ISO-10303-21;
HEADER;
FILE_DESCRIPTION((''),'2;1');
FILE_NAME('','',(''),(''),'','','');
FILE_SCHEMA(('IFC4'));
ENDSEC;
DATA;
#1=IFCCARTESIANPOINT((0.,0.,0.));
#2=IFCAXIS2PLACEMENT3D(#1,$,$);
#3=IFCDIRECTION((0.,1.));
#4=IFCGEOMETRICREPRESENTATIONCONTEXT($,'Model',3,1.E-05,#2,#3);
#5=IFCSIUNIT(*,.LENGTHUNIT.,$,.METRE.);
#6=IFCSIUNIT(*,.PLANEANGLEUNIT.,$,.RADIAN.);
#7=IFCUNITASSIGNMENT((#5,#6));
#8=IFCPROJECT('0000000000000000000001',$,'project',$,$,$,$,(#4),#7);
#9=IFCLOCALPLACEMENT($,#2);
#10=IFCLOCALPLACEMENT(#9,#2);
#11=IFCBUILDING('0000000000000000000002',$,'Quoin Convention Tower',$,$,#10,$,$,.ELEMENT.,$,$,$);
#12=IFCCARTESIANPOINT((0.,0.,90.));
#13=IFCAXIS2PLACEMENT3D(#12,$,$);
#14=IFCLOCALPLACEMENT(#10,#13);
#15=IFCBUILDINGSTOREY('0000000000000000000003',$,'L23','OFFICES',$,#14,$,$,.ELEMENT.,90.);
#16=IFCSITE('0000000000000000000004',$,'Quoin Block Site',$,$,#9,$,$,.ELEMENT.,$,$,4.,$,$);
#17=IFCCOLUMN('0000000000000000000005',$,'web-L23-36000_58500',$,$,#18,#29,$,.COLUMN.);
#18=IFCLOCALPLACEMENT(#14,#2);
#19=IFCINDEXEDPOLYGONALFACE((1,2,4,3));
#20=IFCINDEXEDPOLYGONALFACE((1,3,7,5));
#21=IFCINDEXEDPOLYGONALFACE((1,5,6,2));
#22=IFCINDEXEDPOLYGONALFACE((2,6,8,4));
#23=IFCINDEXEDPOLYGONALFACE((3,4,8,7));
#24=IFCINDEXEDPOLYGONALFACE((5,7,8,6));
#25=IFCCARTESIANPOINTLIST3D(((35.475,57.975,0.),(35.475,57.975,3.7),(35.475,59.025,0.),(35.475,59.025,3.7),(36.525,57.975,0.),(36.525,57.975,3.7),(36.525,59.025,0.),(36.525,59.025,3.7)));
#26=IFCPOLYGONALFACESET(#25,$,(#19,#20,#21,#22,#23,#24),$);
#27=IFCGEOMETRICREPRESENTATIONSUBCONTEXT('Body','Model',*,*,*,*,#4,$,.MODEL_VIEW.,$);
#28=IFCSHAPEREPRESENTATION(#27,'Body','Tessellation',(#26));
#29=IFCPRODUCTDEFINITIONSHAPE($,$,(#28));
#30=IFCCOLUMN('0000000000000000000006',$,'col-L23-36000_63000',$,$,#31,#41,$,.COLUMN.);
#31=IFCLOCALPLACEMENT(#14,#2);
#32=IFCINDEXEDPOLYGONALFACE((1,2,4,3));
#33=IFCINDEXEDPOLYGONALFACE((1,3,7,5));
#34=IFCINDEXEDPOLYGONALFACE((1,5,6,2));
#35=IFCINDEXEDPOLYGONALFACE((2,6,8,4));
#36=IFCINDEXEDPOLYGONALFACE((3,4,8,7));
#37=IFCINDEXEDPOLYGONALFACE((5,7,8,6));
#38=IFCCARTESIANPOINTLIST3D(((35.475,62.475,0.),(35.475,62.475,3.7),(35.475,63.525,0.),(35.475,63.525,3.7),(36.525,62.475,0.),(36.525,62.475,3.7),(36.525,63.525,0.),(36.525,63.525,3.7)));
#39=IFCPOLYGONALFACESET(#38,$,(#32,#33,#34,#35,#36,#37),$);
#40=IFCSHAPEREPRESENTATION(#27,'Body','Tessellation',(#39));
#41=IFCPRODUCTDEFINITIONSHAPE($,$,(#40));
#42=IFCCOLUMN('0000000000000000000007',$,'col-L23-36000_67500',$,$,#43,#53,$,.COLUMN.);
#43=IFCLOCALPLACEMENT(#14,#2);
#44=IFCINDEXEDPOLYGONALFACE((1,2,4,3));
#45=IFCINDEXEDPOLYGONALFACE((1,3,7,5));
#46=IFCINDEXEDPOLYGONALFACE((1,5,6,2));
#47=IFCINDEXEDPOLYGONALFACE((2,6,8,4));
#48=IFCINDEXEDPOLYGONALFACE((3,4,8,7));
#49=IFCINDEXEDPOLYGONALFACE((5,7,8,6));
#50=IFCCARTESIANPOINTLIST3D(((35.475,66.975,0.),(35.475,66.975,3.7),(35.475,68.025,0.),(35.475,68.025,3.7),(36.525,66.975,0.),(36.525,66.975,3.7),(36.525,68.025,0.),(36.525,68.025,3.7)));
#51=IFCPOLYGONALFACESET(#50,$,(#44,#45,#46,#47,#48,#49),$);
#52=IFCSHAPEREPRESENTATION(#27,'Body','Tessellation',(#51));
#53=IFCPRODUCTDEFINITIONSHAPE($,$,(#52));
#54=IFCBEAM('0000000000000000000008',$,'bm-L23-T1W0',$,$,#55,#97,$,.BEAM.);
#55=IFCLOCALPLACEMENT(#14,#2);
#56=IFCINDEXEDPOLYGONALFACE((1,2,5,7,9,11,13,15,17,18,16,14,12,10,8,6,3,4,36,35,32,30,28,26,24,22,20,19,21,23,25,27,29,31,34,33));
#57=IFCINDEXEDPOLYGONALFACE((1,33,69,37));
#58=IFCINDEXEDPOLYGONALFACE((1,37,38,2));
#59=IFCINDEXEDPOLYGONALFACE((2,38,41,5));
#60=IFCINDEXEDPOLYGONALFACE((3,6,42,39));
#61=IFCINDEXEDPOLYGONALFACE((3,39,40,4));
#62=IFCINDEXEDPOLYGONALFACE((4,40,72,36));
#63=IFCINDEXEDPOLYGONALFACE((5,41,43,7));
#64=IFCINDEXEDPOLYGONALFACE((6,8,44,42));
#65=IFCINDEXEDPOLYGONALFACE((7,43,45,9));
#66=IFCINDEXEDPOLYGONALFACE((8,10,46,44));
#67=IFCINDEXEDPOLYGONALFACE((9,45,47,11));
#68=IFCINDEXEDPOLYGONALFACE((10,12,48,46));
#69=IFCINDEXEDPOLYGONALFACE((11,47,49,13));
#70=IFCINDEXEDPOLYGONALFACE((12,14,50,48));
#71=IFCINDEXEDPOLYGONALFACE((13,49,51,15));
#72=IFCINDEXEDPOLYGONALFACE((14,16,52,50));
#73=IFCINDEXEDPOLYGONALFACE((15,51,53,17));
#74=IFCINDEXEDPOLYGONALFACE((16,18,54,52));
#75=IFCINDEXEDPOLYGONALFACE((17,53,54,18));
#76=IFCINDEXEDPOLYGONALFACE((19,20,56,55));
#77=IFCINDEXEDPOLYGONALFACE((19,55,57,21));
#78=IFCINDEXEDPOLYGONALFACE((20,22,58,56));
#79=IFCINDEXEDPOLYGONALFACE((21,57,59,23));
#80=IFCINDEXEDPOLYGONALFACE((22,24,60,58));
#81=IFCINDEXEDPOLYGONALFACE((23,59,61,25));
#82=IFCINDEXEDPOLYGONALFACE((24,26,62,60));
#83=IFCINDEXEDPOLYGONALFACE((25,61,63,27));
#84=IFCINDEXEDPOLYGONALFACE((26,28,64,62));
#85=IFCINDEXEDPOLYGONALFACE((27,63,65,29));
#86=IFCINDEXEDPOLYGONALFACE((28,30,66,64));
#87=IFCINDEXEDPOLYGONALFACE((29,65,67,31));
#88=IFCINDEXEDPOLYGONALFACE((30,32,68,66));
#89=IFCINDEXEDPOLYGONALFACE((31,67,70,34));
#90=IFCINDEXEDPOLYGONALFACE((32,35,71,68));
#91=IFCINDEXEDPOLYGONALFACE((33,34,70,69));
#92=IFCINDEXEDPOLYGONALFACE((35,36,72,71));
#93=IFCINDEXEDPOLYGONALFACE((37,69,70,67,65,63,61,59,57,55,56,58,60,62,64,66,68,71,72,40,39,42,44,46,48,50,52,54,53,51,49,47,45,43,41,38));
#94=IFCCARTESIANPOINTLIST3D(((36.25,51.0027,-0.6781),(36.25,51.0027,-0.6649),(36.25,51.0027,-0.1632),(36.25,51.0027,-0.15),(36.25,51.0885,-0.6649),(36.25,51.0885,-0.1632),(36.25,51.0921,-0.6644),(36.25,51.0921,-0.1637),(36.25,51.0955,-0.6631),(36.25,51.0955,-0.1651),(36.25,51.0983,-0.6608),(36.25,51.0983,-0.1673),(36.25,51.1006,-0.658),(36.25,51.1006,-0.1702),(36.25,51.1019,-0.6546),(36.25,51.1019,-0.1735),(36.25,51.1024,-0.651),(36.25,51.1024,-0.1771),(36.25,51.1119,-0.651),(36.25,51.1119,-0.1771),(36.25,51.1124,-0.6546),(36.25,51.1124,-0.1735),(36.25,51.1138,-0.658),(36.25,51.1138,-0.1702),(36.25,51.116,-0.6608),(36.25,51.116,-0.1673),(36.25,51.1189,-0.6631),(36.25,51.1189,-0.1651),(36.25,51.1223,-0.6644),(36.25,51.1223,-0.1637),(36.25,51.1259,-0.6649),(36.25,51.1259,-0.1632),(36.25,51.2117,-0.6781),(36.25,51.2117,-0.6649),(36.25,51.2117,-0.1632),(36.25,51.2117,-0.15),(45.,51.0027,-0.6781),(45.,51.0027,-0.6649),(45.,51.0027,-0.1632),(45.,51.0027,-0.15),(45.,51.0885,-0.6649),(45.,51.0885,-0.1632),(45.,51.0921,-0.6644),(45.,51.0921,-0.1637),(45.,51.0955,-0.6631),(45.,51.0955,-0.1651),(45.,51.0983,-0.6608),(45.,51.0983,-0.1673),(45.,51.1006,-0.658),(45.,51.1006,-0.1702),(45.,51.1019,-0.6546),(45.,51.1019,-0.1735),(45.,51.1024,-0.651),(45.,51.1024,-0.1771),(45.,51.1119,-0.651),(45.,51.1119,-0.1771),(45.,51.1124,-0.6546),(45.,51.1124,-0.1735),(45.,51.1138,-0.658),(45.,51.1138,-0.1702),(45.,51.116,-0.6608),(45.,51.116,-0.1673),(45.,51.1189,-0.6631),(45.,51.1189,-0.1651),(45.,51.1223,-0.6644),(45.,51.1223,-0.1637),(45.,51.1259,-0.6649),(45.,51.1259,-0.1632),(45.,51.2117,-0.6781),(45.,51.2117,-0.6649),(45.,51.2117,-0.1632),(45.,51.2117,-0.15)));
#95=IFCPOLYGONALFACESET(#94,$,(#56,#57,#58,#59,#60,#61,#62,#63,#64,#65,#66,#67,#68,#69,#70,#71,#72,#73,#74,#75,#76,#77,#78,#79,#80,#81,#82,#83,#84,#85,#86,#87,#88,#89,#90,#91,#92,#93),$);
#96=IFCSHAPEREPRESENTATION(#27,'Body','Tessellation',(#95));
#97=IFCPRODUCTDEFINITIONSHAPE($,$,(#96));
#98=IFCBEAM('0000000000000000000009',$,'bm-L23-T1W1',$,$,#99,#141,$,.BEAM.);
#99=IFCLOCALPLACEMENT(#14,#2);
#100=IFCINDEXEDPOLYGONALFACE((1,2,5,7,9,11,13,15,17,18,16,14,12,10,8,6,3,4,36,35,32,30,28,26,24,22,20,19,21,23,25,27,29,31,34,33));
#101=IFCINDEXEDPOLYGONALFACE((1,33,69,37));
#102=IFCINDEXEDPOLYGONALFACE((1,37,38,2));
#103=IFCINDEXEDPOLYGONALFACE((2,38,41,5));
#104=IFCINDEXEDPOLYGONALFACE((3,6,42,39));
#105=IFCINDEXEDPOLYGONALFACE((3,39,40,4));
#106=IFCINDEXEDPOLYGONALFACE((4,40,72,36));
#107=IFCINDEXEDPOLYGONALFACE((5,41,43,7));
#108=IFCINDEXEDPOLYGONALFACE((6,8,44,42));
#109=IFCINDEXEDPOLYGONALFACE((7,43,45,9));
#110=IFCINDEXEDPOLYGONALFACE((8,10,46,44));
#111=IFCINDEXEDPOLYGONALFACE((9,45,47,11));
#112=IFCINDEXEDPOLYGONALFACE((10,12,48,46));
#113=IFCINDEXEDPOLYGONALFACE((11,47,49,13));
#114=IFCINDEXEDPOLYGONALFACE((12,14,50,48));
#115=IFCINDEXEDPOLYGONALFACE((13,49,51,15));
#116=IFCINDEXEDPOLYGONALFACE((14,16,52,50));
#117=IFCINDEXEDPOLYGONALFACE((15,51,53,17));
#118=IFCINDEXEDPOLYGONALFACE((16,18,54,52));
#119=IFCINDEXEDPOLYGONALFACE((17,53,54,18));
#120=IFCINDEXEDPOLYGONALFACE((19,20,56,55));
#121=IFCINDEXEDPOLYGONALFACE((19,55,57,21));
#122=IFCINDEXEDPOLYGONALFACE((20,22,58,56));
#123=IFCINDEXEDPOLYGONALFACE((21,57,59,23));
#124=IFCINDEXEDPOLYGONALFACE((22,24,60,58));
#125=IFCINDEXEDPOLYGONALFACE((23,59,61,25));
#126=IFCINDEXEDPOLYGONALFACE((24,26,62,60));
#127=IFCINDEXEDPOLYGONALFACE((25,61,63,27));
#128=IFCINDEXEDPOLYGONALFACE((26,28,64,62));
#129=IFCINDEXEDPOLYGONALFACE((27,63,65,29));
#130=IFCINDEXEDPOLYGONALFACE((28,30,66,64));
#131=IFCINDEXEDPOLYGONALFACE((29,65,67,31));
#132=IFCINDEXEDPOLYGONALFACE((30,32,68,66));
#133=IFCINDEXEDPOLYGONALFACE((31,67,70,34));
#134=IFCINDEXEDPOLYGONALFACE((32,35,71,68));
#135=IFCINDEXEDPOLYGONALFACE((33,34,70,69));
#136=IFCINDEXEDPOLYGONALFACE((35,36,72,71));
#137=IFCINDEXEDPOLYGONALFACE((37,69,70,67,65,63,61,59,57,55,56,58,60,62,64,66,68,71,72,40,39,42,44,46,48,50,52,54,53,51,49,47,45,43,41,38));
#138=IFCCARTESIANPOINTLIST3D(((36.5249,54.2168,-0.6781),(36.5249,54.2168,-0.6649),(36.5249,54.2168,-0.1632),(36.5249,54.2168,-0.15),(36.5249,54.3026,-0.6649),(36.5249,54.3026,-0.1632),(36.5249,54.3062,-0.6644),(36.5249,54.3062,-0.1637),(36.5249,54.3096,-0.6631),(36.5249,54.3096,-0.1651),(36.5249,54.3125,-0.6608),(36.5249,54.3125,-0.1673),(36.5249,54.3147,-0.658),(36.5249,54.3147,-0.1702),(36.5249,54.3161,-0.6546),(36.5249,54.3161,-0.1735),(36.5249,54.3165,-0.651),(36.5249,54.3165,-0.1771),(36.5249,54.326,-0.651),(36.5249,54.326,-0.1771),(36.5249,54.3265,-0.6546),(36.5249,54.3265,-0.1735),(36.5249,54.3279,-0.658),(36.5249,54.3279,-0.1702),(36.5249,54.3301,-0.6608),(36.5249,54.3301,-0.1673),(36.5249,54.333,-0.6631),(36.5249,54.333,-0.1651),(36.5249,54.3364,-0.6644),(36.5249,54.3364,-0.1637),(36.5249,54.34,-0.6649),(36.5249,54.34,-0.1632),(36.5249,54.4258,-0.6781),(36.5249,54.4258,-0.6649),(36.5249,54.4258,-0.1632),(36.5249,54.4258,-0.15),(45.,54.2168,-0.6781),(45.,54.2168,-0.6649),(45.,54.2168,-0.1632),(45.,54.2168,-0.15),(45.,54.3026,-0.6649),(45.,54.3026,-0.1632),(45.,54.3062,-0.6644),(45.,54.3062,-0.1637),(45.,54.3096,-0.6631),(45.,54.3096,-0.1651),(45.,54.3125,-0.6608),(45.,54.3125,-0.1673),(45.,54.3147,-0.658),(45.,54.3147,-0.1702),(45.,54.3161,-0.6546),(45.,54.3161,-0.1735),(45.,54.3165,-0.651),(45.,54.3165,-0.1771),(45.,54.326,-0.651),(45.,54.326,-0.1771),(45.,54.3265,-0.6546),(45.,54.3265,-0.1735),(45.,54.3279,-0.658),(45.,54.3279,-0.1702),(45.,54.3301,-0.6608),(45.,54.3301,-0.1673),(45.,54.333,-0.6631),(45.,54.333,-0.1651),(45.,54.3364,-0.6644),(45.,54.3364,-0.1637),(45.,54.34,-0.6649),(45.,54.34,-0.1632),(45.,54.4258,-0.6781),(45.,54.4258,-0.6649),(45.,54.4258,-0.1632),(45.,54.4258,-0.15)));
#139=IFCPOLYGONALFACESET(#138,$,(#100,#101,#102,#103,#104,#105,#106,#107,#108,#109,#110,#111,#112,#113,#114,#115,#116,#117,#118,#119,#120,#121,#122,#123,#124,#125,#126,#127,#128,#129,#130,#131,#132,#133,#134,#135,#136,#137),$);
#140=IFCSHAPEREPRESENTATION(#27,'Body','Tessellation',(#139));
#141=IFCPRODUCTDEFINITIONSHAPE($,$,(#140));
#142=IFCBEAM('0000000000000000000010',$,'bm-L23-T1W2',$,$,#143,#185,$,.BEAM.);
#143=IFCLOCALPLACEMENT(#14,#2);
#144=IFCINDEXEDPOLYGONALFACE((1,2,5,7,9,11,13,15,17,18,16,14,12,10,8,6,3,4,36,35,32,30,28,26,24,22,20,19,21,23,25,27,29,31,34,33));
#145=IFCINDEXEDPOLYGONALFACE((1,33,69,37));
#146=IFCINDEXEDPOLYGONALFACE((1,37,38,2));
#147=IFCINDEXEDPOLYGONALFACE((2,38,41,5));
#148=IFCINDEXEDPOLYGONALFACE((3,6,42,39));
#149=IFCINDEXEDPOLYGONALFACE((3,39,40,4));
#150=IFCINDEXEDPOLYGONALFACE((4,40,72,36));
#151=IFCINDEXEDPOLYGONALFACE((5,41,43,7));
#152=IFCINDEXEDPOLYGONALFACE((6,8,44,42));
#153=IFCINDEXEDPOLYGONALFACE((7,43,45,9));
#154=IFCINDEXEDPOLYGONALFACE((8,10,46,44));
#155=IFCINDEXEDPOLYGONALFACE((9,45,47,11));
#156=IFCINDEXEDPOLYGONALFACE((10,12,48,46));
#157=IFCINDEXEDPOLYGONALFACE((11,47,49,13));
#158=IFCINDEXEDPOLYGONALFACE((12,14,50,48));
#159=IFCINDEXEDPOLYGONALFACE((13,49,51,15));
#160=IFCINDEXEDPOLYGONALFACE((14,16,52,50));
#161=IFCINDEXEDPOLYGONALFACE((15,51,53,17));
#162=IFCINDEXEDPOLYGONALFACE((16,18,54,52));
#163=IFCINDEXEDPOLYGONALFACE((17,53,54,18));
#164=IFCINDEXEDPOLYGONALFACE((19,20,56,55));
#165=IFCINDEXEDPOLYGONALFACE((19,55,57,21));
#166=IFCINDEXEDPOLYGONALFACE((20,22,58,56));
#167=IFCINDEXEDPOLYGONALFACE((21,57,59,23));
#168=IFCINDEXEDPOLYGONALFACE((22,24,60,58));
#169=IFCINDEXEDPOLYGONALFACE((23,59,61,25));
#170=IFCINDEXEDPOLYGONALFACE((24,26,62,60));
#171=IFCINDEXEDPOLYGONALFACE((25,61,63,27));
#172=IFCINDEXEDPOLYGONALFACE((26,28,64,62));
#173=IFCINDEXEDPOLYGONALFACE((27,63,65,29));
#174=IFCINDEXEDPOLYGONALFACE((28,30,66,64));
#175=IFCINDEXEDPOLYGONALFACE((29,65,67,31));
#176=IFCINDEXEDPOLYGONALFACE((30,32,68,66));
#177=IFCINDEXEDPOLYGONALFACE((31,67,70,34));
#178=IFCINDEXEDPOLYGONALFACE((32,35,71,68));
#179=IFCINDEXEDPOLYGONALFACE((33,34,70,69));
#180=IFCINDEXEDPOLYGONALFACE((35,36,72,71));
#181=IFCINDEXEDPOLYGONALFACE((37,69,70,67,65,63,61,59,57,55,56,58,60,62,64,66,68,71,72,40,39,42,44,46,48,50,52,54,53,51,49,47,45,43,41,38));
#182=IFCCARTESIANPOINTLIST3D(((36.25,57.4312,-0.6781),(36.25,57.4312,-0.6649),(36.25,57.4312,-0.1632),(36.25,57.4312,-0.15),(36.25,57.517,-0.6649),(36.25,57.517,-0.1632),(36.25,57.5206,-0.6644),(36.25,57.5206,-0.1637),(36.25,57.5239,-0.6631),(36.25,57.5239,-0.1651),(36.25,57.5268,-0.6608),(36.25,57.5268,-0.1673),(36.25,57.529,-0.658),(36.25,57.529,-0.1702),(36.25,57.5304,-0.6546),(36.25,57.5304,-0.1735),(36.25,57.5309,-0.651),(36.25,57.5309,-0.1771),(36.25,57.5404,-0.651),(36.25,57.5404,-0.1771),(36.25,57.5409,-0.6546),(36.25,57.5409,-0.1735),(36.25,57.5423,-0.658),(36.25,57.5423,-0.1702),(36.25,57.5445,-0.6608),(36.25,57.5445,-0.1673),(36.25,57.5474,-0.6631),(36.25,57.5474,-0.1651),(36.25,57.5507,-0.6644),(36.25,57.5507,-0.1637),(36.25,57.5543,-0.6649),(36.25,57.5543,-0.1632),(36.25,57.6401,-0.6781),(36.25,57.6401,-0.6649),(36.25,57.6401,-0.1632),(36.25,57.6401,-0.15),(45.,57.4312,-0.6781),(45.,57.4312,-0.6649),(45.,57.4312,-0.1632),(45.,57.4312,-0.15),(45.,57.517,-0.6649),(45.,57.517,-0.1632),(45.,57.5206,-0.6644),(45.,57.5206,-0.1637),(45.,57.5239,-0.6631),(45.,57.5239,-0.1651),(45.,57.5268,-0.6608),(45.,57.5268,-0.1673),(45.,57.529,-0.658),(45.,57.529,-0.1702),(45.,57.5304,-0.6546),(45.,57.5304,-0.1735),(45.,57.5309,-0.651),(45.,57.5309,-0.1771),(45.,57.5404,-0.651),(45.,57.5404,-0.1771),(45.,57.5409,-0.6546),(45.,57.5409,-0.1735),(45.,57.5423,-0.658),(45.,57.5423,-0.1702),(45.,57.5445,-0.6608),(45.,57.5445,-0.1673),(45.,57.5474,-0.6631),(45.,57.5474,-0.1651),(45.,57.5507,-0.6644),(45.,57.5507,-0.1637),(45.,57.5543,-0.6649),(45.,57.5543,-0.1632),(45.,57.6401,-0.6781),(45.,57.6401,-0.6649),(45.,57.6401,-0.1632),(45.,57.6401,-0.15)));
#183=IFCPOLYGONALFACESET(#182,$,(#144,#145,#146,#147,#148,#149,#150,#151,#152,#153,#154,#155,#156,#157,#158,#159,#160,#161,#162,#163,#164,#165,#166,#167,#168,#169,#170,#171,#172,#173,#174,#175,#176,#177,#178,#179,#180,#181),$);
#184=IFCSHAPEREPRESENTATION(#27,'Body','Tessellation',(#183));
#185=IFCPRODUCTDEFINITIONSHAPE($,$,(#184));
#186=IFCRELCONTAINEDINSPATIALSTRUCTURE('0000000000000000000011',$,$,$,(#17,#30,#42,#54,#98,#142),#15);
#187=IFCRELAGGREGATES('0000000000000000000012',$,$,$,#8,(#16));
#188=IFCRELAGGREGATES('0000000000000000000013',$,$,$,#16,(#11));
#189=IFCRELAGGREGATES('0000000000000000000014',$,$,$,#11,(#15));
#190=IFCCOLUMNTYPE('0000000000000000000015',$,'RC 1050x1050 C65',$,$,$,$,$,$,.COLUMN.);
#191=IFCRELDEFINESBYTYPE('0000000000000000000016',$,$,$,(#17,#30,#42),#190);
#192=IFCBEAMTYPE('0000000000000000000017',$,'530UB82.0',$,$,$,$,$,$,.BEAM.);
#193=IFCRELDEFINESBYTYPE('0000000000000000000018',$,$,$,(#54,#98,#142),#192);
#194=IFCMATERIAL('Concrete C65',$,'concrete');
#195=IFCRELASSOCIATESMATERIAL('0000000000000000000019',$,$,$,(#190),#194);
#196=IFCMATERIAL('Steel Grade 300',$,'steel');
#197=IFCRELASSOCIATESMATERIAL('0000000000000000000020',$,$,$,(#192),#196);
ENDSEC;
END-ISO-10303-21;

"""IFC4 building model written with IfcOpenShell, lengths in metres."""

from ifc_helpers import new_model, si_unit, direction, frame, origin, origin_2d, place, context, subcontext, project, spatial, rectangle, i_section, extrude, material, material_profile, profile_set, type_object, element, save


model = new_model("IFC4")

# Units and contexts
model_context = context("Model", 3, precision=1e-05, world=origin(), true_north=direction((0.0, 1.0)))
body_context = subcontext(model_context, "Body", "Model", "MODEL_VIEW")
ifc_project = project(units=[si_unit("LENGTHUNIT", "METRE"), si_unit("PLANEANGLEUNIT", "RADIAN")], contexts=[model_context])

# Site, building, storey
site_placement = place(None, origin())
site = spatial("IfcSite", under=ifc_project, at=site_placement, Name="Quoin Block Site", CompositionType="ELEMENT", RefElevation=4.0)
building_placement = place(site_placement, origin())
building = spatial("IfcBuilding", under=site, at=building_placement, Name="Quoin Convention Tower", CompositionType="ELEMENT")
storey_placement = place(building_placement, frame((0.0, 0.0, 90.0)))
storey = spatial("IfcBuildingStorey", under=building, at=storey_placement, Name="L23", Description="OFFICES", CompositionType="ELEMENT", Elevation=90.0)

# Columns
ifc_material_1 = material(Name="Concrete C65", Category="concrete")
ifc_material_profile_1 = material_profile(ifc_material_1, rectangle(XDim=1.05, YDim=1.05, at=origin_2d()), Name="RC 1050x1050")
ifc_profile_set_1 = profile_set([ifc_material_profile_1], Name="Concrete C65")
column_type = type_object("IfcColumnType", Name="RC 1050x1050 C65", PredefinedType="COLUMN", material=ifc_profile_set_1)
for number, where, z_axis, x_axis, name in (
    (1, (36.0, 58.5, 0.0), (0.0, 0.0, 1.0), (1.0, 0.0, 0.0), "web-L23-36000_58500"),
    (2, (36.0, 63.0, 0.0), (0.0, 0.0, 1.0), (1.0, 0.0, 0.0), "col-L23-36000_63000"),
    (3, (36.0, 67.5, 0.0), (0.0, 0.0, 1.0), (1.0, 0.0, 0.0), "col-L23-36000_67500"),
):
    element("IfcColumn", number, at=place(storey_placement, frame(where, z_axis=z_axis, x_axis=x_axis)), inside=storey, type_object=column_type, Name=name, PredefinedType="COLUMN", context=body_context, shape_type="SweptSolid", body=[
        extrude(rectangle(XDim=1.05, YDim=1.05, at=origin_2d()), origin(), (0.0, 0.0, 1.0), 3.7),
    ])

# Beams
ifc_material_2 = material(Name="Steel Grade 300", Category="steel")
ifc_material_profile_2 = material_profile(ifc_material_2, i_section(OverallWidth=0.209, OverallDepth=0.5281, WebThickness=0.0095, FlangeThickness=0.0132, FilletRadius=0.0139, at=origin_2d()), Name="530UB82.0")
ifc_profile_set_2 = profile_set([ifc_material_profile_2], Name="Steel Grade 300")
beam_type_1 = type_object("IfcBeamType", Name="530UB82.0", PredefinedType="BEAM", material=ifc_profile_set_2)
beam_1_placement = place(storey_placement, frame((36.25, 51.1072, -0.4141), z_axis=(1.0, 0.0, 0.0), x_axis=(0.0, 1.0, 0.0)))
element("IfcBeam", 4, at=beam_1_placement, inside=storey, type_object=beam_type_1, Name="bm-L23-T1W0", PredefinedType="BEAM", context=body_context, shape_type="SweptSolid", body=[
    extrude(i_section(OverallWidth=0.209, OverallDepth=0.5281, WebThickness=0.0095, FlangeThickness=0.0132, FilletRadius=0.0139, at=origin_2d()), origin(), (0.0, 0.0, 1.0), 8.75),
])
beam_2_placement = place(storey_placement, frame((36.5249, 54.3213, -0.4141), z_axis=(1.0, 0.0, 0.0), x_axis=(0.0, 1.0, 0.0)))
element("IfcBeam", 5, at=beam_2_placement, inside=storey, type_object=beam_type_1, Name="bm-L23-T1W1", PredefinedType="BEAM", context=body_context, shape_type="SweptSolid", body=[
    extrude(i_section(OverallWidth=0.209, OverallDepth=0.5281, WebThickness=0.0095, FlangeThickness=0.0132, FilletRadius=0.0139, at=origin_2d()), origin(), (0.0, 0.0, 1.0), 8.4751),
])
for number, where, z_axis, x_axis, name in (
    (6, (36.25, 57.5356, -0.4141), (1.0, 0.0, 0.0), (0.0, 1.0, 0.0), "bm-L23-T1W2"),
):
    element("IfcBeam", number, at=place(storey_placement, frame(where, z_axis=z_axis, x_axis=x_axis)), inside=storey, type_object=beam_type_1, Name=name, PredefinedType="BEAM", context=body_context, shape_type="SweptSolid", body=[
        extrude(i_section(OverallWidth=0.209, OverallDepth=0.5281, WebThickness=0.0095, FlangeThickness=0.0132, FilletRadius=0.0139, at=origin_2d()), origin(), (0.0, 0.0, 1.0), 8.75),
    ])

save(model, "model.ifc")
